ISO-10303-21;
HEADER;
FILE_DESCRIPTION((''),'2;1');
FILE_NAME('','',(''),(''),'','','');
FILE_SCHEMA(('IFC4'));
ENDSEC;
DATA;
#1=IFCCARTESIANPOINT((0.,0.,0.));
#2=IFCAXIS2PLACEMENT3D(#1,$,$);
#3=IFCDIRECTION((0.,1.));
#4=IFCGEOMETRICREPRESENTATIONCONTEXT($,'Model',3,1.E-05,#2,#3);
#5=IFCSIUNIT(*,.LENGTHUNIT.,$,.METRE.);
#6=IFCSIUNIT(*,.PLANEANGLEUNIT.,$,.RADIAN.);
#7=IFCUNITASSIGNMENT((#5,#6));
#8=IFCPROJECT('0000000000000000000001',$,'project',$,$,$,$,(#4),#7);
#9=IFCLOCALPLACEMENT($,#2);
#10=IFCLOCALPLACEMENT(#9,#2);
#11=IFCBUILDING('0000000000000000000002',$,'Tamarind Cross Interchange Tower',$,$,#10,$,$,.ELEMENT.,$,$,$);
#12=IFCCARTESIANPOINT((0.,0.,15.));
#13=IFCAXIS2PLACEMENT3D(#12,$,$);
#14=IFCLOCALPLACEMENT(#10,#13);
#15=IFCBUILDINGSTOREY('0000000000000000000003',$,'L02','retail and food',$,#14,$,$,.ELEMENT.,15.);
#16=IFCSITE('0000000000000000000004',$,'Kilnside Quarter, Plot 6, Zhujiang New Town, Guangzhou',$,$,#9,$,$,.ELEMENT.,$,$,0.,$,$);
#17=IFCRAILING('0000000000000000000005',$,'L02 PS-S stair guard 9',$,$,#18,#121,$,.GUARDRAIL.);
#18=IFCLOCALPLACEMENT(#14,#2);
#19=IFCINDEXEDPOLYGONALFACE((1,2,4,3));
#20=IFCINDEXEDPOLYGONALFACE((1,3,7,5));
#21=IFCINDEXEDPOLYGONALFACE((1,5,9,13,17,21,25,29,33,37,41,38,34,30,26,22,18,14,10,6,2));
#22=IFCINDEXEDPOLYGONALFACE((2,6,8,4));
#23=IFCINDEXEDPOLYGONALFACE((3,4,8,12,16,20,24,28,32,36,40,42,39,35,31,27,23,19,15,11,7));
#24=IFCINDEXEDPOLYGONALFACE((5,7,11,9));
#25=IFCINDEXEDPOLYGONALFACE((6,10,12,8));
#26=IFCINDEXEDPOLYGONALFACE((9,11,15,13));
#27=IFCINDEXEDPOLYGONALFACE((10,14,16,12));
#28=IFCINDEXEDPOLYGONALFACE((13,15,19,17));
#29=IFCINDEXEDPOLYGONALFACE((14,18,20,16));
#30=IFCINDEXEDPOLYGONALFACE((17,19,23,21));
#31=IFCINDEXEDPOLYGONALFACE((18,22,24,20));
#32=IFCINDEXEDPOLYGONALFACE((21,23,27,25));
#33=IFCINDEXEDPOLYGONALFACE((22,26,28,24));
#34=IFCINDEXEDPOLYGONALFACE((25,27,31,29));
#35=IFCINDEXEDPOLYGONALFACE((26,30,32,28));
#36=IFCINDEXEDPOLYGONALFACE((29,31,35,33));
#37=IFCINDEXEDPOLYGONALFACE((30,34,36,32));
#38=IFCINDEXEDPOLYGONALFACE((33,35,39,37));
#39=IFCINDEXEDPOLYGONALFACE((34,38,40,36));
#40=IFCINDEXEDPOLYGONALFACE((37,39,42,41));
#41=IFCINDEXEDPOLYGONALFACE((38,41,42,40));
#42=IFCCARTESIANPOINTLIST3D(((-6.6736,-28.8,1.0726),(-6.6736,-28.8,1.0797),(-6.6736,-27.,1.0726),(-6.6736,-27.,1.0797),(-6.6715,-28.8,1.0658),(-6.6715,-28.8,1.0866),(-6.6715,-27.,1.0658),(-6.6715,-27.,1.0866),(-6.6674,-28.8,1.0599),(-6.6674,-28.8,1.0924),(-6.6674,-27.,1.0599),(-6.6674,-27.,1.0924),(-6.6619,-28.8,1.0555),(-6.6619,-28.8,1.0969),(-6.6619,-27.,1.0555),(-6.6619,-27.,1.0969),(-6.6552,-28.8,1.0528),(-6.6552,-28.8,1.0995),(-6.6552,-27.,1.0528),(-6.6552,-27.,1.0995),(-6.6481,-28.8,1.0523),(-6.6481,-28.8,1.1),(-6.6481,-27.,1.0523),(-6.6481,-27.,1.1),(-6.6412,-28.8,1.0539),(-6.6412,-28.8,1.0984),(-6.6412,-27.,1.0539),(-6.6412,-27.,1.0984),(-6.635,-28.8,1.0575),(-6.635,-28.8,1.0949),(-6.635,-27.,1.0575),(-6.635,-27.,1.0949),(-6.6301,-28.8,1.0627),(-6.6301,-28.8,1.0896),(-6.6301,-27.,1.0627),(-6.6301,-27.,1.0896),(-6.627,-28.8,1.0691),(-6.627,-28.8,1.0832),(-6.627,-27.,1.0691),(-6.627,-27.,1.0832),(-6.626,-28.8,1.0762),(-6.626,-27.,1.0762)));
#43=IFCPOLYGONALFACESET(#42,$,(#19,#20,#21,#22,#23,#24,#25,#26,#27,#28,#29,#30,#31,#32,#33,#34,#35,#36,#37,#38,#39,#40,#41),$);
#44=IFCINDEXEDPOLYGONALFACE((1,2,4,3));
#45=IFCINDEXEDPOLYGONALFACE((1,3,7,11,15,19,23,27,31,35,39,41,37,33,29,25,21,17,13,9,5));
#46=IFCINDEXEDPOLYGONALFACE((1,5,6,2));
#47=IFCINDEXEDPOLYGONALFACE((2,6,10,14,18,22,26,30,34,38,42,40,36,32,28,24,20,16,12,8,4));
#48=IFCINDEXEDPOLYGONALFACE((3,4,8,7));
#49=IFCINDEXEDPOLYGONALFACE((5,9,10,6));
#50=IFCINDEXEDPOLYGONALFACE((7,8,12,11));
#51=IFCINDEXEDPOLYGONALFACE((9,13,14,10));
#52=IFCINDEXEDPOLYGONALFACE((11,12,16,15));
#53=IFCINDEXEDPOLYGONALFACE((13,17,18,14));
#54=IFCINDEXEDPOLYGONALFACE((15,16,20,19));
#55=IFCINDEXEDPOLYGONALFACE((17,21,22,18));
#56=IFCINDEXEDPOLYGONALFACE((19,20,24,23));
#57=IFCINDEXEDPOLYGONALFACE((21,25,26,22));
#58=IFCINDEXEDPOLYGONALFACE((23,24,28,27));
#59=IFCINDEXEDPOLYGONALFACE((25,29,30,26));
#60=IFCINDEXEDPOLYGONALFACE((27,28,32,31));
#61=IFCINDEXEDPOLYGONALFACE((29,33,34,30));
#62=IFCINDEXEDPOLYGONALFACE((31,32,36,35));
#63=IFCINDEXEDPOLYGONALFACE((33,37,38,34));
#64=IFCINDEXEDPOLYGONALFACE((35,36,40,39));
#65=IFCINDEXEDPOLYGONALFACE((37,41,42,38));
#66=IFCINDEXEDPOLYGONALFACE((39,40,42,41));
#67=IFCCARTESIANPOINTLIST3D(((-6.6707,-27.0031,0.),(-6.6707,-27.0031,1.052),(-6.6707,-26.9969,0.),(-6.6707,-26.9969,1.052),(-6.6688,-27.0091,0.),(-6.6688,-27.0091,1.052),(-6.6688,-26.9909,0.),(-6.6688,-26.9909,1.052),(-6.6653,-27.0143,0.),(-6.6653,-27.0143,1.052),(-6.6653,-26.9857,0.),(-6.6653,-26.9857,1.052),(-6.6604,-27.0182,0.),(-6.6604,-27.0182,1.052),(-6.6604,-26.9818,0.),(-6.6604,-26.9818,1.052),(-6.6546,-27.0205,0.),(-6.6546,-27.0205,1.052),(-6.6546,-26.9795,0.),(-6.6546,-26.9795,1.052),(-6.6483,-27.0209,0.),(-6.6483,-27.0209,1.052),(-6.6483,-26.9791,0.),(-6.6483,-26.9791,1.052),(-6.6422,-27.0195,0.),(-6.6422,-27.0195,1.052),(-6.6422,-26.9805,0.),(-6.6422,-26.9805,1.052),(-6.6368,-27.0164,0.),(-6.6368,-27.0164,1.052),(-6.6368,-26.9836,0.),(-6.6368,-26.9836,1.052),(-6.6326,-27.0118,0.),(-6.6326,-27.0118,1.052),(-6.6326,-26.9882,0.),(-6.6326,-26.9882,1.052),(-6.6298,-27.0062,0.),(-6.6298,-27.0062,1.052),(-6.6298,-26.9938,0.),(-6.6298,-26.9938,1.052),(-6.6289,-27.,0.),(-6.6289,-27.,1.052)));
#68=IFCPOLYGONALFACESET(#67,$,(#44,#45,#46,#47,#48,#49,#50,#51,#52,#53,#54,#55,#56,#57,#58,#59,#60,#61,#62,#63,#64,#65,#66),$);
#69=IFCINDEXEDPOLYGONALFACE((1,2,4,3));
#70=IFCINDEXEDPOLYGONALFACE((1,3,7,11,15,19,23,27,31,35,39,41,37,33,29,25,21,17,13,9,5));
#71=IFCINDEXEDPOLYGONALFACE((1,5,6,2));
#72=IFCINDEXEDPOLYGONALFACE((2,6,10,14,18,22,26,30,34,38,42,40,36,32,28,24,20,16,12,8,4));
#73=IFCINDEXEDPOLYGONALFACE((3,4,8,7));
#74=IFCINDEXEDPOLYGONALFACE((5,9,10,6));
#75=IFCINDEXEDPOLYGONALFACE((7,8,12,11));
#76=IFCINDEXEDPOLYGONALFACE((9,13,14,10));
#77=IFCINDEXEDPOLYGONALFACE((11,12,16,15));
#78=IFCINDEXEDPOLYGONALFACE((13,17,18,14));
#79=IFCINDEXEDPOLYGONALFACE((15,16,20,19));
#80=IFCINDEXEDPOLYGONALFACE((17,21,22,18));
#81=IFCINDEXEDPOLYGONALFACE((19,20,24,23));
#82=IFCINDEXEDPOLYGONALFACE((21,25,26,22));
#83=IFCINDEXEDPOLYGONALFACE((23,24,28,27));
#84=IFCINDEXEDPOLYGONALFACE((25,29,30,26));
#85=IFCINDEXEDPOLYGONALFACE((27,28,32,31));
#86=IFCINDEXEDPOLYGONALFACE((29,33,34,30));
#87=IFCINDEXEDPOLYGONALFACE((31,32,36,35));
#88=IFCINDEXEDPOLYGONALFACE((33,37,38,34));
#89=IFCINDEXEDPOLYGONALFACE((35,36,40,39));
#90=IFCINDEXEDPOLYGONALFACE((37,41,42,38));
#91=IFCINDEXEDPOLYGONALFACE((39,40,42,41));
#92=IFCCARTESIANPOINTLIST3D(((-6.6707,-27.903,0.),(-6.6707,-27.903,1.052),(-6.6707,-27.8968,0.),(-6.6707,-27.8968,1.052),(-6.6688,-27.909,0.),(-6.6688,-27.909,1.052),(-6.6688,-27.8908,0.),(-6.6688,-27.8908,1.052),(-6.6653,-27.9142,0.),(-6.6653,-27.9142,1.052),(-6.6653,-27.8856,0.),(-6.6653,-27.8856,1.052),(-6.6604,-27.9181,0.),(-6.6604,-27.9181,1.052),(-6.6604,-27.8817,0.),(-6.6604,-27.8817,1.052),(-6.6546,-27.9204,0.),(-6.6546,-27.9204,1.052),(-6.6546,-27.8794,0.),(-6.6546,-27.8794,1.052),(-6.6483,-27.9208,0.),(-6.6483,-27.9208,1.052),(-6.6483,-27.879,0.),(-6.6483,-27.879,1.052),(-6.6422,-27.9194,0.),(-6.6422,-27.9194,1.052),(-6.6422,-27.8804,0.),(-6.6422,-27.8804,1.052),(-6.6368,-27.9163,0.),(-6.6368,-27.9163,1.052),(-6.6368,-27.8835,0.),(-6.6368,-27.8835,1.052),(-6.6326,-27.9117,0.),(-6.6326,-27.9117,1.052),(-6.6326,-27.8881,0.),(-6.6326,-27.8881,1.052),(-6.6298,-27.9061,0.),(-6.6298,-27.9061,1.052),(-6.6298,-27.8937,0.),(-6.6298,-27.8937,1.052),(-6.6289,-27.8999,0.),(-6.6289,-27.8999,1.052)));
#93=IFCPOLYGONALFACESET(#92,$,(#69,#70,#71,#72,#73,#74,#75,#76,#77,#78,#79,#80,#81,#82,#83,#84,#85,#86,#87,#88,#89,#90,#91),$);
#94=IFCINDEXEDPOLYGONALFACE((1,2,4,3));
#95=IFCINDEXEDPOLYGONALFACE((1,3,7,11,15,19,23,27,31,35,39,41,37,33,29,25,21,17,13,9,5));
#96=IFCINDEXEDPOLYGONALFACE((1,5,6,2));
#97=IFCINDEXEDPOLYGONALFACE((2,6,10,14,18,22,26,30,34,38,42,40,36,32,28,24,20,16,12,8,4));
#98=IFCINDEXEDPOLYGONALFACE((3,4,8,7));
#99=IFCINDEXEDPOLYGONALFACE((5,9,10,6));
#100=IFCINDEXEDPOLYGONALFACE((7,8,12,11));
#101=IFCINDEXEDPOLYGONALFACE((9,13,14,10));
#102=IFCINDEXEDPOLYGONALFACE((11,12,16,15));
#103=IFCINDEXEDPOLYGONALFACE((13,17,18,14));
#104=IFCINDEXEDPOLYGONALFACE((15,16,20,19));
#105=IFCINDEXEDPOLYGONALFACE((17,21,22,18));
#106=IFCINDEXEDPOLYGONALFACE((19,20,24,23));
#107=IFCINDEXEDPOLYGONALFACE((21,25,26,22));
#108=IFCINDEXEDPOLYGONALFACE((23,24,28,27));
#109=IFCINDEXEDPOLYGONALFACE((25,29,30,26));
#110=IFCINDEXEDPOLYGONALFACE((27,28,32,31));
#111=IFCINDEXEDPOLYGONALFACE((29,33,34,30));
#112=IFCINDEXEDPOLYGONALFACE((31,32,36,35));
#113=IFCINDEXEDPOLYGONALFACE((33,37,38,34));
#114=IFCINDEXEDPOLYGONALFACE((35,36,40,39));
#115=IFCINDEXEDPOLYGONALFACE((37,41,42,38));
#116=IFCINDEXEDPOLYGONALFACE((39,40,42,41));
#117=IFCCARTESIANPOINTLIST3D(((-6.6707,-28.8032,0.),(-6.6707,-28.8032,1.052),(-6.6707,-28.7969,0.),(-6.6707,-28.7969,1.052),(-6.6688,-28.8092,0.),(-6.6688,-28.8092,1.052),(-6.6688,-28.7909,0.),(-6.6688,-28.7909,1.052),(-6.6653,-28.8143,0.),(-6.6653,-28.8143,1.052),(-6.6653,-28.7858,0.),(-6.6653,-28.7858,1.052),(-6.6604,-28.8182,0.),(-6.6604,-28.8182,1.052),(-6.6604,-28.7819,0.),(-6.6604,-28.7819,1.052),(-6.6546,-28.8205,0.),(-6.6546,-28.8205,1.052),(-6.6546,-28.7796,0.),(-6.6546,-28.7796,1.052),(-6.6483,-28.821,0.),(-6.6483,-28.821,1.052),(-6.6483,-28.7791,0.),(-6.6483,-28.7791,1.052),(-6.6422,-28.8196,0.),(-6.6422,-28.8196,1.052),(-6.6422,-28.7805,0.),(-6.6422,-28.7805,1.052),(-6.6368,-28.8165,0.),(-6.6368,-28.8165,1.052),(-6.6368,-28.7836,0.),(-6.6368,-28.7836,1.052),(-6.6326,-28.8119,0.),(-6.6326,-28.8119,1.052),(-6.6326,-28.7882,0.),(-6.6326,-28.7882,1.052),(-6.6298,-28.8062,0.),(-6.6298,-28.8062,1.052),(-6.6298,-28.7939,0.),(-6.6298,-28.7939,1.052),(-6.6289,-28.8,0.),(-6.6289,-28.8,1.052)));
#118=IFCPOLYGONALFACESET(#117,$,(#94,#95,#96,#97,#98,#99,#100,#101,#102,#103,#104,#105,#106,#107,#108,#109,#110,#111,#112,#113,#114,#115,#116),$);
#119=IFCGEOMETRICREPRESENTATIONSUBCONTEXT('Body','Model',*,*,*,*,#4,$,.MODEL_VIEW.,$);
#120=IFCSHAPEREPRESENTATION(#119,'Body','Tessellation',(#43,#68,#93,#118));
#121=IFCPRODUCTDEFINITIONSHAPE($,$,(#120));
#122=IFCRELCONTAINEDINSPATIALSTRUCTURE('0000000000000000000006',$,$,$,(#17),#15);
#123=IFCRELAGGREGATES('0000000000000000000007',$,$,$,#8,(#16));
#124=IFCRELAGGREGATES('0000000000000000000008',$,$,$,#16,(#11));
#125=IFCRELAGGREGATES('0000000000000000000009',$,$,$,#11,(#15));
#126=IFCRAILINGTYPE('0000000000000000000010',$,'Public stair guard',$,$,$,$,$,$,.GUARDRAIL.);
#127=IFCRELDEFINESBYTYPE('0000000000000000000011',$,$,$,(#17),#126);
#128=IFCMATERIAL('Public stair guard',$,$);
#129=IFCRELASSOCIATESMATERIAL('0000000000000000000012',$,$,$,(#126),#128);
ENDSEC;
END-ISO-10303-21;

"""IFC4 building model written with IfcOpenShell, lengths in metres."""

from ifc_helpers import new_model, si_unit, direction, frame, origin, origin_2d, place, context, subcontext, project, spatial, circle, extrude, material, type_object, element, save


model = new_model("IFC4")

# Units and contexts
model_context = context("Model", 3, precision=1e-05, world=origin(), true_north=direction((0.0, 1.0)))
body_context = subcontext(model_context, "Body", "Model", "MODEL_VIEW")
ifc_project = project(units=[si_unit("LENGTHUNIT", "METRE"), si_unit("PLANEANGLEUNIT", "RADIAN")], contexts=[model_context])

# Site, building, storey
site_placement = place(None, origin())
site = spatial("IfcSite", under=ifc_project, at=site_placement, Name="Kilnside Quarter, Plot 6, Zhujiang New Town, Guangzhou", CompositionType="ELEMENT", RefElevation=0.0)
building_placement = place(site_placement, origin())
building = spatial("IfcBuilding", under=site, at=building_placement, Name="Tamarind Cross Interchange Tower", CompositionType="ELEMENT")
storey_placement = place(building_placement, frame((0.0, 0.0, 15.0)))
storey = spatial("IfcBuildingStorey", under=building, at=storey_placement, Name="L02", Description="retail and food", CompositionType="ELEMENT", Elevation=15.0)

# Railing
ifc_material_1 = material(Name="Public stair guard")
railing_type = type_object("IfcRailingType", Name="Public stair guard", PredefinedType="GUARDRAIL", material=ifc_material_1)
for number, where, name in (
    (1, (-6.6499, -27.0, 0.0), "L02 PS-S stair guard 9"),
):
    element("IfcRailing", number, at=place(storey_placement, frame(where)), inside=storey, type_object=railing_type, Name=name, PredefinedType="GUARDRAIL", context=body_context, shape_type="SweptSolid", body=[
        extrude(circle(Radius=0.0239, at=origin_2d()), frame((0.0, 0.0, 1.0762), z_axis=(0.0, -1.0, 0.0), x_axis=(1.0, 0.0, 0.0)), (0.0, 0.0, 1.0), 1.8),
        extrude(circle(Radius=0.021, at=origin_2d()), origin(), (0.0, 0.0, 1.0), 1.052),
        extrude(circle(Radius=0.021, at=origin_2d()), frame((0.0, -0.8999, 0.0)), (0.0, 0.0, 1.0), 1.052),
        extrude(circle(Radius=0.021, at=origin_2d()), frame((0.0, -1.8, 0.0)), (0.0, 0.0, 1.0), 1.052),
    ])

save(model, "model.ifc")
